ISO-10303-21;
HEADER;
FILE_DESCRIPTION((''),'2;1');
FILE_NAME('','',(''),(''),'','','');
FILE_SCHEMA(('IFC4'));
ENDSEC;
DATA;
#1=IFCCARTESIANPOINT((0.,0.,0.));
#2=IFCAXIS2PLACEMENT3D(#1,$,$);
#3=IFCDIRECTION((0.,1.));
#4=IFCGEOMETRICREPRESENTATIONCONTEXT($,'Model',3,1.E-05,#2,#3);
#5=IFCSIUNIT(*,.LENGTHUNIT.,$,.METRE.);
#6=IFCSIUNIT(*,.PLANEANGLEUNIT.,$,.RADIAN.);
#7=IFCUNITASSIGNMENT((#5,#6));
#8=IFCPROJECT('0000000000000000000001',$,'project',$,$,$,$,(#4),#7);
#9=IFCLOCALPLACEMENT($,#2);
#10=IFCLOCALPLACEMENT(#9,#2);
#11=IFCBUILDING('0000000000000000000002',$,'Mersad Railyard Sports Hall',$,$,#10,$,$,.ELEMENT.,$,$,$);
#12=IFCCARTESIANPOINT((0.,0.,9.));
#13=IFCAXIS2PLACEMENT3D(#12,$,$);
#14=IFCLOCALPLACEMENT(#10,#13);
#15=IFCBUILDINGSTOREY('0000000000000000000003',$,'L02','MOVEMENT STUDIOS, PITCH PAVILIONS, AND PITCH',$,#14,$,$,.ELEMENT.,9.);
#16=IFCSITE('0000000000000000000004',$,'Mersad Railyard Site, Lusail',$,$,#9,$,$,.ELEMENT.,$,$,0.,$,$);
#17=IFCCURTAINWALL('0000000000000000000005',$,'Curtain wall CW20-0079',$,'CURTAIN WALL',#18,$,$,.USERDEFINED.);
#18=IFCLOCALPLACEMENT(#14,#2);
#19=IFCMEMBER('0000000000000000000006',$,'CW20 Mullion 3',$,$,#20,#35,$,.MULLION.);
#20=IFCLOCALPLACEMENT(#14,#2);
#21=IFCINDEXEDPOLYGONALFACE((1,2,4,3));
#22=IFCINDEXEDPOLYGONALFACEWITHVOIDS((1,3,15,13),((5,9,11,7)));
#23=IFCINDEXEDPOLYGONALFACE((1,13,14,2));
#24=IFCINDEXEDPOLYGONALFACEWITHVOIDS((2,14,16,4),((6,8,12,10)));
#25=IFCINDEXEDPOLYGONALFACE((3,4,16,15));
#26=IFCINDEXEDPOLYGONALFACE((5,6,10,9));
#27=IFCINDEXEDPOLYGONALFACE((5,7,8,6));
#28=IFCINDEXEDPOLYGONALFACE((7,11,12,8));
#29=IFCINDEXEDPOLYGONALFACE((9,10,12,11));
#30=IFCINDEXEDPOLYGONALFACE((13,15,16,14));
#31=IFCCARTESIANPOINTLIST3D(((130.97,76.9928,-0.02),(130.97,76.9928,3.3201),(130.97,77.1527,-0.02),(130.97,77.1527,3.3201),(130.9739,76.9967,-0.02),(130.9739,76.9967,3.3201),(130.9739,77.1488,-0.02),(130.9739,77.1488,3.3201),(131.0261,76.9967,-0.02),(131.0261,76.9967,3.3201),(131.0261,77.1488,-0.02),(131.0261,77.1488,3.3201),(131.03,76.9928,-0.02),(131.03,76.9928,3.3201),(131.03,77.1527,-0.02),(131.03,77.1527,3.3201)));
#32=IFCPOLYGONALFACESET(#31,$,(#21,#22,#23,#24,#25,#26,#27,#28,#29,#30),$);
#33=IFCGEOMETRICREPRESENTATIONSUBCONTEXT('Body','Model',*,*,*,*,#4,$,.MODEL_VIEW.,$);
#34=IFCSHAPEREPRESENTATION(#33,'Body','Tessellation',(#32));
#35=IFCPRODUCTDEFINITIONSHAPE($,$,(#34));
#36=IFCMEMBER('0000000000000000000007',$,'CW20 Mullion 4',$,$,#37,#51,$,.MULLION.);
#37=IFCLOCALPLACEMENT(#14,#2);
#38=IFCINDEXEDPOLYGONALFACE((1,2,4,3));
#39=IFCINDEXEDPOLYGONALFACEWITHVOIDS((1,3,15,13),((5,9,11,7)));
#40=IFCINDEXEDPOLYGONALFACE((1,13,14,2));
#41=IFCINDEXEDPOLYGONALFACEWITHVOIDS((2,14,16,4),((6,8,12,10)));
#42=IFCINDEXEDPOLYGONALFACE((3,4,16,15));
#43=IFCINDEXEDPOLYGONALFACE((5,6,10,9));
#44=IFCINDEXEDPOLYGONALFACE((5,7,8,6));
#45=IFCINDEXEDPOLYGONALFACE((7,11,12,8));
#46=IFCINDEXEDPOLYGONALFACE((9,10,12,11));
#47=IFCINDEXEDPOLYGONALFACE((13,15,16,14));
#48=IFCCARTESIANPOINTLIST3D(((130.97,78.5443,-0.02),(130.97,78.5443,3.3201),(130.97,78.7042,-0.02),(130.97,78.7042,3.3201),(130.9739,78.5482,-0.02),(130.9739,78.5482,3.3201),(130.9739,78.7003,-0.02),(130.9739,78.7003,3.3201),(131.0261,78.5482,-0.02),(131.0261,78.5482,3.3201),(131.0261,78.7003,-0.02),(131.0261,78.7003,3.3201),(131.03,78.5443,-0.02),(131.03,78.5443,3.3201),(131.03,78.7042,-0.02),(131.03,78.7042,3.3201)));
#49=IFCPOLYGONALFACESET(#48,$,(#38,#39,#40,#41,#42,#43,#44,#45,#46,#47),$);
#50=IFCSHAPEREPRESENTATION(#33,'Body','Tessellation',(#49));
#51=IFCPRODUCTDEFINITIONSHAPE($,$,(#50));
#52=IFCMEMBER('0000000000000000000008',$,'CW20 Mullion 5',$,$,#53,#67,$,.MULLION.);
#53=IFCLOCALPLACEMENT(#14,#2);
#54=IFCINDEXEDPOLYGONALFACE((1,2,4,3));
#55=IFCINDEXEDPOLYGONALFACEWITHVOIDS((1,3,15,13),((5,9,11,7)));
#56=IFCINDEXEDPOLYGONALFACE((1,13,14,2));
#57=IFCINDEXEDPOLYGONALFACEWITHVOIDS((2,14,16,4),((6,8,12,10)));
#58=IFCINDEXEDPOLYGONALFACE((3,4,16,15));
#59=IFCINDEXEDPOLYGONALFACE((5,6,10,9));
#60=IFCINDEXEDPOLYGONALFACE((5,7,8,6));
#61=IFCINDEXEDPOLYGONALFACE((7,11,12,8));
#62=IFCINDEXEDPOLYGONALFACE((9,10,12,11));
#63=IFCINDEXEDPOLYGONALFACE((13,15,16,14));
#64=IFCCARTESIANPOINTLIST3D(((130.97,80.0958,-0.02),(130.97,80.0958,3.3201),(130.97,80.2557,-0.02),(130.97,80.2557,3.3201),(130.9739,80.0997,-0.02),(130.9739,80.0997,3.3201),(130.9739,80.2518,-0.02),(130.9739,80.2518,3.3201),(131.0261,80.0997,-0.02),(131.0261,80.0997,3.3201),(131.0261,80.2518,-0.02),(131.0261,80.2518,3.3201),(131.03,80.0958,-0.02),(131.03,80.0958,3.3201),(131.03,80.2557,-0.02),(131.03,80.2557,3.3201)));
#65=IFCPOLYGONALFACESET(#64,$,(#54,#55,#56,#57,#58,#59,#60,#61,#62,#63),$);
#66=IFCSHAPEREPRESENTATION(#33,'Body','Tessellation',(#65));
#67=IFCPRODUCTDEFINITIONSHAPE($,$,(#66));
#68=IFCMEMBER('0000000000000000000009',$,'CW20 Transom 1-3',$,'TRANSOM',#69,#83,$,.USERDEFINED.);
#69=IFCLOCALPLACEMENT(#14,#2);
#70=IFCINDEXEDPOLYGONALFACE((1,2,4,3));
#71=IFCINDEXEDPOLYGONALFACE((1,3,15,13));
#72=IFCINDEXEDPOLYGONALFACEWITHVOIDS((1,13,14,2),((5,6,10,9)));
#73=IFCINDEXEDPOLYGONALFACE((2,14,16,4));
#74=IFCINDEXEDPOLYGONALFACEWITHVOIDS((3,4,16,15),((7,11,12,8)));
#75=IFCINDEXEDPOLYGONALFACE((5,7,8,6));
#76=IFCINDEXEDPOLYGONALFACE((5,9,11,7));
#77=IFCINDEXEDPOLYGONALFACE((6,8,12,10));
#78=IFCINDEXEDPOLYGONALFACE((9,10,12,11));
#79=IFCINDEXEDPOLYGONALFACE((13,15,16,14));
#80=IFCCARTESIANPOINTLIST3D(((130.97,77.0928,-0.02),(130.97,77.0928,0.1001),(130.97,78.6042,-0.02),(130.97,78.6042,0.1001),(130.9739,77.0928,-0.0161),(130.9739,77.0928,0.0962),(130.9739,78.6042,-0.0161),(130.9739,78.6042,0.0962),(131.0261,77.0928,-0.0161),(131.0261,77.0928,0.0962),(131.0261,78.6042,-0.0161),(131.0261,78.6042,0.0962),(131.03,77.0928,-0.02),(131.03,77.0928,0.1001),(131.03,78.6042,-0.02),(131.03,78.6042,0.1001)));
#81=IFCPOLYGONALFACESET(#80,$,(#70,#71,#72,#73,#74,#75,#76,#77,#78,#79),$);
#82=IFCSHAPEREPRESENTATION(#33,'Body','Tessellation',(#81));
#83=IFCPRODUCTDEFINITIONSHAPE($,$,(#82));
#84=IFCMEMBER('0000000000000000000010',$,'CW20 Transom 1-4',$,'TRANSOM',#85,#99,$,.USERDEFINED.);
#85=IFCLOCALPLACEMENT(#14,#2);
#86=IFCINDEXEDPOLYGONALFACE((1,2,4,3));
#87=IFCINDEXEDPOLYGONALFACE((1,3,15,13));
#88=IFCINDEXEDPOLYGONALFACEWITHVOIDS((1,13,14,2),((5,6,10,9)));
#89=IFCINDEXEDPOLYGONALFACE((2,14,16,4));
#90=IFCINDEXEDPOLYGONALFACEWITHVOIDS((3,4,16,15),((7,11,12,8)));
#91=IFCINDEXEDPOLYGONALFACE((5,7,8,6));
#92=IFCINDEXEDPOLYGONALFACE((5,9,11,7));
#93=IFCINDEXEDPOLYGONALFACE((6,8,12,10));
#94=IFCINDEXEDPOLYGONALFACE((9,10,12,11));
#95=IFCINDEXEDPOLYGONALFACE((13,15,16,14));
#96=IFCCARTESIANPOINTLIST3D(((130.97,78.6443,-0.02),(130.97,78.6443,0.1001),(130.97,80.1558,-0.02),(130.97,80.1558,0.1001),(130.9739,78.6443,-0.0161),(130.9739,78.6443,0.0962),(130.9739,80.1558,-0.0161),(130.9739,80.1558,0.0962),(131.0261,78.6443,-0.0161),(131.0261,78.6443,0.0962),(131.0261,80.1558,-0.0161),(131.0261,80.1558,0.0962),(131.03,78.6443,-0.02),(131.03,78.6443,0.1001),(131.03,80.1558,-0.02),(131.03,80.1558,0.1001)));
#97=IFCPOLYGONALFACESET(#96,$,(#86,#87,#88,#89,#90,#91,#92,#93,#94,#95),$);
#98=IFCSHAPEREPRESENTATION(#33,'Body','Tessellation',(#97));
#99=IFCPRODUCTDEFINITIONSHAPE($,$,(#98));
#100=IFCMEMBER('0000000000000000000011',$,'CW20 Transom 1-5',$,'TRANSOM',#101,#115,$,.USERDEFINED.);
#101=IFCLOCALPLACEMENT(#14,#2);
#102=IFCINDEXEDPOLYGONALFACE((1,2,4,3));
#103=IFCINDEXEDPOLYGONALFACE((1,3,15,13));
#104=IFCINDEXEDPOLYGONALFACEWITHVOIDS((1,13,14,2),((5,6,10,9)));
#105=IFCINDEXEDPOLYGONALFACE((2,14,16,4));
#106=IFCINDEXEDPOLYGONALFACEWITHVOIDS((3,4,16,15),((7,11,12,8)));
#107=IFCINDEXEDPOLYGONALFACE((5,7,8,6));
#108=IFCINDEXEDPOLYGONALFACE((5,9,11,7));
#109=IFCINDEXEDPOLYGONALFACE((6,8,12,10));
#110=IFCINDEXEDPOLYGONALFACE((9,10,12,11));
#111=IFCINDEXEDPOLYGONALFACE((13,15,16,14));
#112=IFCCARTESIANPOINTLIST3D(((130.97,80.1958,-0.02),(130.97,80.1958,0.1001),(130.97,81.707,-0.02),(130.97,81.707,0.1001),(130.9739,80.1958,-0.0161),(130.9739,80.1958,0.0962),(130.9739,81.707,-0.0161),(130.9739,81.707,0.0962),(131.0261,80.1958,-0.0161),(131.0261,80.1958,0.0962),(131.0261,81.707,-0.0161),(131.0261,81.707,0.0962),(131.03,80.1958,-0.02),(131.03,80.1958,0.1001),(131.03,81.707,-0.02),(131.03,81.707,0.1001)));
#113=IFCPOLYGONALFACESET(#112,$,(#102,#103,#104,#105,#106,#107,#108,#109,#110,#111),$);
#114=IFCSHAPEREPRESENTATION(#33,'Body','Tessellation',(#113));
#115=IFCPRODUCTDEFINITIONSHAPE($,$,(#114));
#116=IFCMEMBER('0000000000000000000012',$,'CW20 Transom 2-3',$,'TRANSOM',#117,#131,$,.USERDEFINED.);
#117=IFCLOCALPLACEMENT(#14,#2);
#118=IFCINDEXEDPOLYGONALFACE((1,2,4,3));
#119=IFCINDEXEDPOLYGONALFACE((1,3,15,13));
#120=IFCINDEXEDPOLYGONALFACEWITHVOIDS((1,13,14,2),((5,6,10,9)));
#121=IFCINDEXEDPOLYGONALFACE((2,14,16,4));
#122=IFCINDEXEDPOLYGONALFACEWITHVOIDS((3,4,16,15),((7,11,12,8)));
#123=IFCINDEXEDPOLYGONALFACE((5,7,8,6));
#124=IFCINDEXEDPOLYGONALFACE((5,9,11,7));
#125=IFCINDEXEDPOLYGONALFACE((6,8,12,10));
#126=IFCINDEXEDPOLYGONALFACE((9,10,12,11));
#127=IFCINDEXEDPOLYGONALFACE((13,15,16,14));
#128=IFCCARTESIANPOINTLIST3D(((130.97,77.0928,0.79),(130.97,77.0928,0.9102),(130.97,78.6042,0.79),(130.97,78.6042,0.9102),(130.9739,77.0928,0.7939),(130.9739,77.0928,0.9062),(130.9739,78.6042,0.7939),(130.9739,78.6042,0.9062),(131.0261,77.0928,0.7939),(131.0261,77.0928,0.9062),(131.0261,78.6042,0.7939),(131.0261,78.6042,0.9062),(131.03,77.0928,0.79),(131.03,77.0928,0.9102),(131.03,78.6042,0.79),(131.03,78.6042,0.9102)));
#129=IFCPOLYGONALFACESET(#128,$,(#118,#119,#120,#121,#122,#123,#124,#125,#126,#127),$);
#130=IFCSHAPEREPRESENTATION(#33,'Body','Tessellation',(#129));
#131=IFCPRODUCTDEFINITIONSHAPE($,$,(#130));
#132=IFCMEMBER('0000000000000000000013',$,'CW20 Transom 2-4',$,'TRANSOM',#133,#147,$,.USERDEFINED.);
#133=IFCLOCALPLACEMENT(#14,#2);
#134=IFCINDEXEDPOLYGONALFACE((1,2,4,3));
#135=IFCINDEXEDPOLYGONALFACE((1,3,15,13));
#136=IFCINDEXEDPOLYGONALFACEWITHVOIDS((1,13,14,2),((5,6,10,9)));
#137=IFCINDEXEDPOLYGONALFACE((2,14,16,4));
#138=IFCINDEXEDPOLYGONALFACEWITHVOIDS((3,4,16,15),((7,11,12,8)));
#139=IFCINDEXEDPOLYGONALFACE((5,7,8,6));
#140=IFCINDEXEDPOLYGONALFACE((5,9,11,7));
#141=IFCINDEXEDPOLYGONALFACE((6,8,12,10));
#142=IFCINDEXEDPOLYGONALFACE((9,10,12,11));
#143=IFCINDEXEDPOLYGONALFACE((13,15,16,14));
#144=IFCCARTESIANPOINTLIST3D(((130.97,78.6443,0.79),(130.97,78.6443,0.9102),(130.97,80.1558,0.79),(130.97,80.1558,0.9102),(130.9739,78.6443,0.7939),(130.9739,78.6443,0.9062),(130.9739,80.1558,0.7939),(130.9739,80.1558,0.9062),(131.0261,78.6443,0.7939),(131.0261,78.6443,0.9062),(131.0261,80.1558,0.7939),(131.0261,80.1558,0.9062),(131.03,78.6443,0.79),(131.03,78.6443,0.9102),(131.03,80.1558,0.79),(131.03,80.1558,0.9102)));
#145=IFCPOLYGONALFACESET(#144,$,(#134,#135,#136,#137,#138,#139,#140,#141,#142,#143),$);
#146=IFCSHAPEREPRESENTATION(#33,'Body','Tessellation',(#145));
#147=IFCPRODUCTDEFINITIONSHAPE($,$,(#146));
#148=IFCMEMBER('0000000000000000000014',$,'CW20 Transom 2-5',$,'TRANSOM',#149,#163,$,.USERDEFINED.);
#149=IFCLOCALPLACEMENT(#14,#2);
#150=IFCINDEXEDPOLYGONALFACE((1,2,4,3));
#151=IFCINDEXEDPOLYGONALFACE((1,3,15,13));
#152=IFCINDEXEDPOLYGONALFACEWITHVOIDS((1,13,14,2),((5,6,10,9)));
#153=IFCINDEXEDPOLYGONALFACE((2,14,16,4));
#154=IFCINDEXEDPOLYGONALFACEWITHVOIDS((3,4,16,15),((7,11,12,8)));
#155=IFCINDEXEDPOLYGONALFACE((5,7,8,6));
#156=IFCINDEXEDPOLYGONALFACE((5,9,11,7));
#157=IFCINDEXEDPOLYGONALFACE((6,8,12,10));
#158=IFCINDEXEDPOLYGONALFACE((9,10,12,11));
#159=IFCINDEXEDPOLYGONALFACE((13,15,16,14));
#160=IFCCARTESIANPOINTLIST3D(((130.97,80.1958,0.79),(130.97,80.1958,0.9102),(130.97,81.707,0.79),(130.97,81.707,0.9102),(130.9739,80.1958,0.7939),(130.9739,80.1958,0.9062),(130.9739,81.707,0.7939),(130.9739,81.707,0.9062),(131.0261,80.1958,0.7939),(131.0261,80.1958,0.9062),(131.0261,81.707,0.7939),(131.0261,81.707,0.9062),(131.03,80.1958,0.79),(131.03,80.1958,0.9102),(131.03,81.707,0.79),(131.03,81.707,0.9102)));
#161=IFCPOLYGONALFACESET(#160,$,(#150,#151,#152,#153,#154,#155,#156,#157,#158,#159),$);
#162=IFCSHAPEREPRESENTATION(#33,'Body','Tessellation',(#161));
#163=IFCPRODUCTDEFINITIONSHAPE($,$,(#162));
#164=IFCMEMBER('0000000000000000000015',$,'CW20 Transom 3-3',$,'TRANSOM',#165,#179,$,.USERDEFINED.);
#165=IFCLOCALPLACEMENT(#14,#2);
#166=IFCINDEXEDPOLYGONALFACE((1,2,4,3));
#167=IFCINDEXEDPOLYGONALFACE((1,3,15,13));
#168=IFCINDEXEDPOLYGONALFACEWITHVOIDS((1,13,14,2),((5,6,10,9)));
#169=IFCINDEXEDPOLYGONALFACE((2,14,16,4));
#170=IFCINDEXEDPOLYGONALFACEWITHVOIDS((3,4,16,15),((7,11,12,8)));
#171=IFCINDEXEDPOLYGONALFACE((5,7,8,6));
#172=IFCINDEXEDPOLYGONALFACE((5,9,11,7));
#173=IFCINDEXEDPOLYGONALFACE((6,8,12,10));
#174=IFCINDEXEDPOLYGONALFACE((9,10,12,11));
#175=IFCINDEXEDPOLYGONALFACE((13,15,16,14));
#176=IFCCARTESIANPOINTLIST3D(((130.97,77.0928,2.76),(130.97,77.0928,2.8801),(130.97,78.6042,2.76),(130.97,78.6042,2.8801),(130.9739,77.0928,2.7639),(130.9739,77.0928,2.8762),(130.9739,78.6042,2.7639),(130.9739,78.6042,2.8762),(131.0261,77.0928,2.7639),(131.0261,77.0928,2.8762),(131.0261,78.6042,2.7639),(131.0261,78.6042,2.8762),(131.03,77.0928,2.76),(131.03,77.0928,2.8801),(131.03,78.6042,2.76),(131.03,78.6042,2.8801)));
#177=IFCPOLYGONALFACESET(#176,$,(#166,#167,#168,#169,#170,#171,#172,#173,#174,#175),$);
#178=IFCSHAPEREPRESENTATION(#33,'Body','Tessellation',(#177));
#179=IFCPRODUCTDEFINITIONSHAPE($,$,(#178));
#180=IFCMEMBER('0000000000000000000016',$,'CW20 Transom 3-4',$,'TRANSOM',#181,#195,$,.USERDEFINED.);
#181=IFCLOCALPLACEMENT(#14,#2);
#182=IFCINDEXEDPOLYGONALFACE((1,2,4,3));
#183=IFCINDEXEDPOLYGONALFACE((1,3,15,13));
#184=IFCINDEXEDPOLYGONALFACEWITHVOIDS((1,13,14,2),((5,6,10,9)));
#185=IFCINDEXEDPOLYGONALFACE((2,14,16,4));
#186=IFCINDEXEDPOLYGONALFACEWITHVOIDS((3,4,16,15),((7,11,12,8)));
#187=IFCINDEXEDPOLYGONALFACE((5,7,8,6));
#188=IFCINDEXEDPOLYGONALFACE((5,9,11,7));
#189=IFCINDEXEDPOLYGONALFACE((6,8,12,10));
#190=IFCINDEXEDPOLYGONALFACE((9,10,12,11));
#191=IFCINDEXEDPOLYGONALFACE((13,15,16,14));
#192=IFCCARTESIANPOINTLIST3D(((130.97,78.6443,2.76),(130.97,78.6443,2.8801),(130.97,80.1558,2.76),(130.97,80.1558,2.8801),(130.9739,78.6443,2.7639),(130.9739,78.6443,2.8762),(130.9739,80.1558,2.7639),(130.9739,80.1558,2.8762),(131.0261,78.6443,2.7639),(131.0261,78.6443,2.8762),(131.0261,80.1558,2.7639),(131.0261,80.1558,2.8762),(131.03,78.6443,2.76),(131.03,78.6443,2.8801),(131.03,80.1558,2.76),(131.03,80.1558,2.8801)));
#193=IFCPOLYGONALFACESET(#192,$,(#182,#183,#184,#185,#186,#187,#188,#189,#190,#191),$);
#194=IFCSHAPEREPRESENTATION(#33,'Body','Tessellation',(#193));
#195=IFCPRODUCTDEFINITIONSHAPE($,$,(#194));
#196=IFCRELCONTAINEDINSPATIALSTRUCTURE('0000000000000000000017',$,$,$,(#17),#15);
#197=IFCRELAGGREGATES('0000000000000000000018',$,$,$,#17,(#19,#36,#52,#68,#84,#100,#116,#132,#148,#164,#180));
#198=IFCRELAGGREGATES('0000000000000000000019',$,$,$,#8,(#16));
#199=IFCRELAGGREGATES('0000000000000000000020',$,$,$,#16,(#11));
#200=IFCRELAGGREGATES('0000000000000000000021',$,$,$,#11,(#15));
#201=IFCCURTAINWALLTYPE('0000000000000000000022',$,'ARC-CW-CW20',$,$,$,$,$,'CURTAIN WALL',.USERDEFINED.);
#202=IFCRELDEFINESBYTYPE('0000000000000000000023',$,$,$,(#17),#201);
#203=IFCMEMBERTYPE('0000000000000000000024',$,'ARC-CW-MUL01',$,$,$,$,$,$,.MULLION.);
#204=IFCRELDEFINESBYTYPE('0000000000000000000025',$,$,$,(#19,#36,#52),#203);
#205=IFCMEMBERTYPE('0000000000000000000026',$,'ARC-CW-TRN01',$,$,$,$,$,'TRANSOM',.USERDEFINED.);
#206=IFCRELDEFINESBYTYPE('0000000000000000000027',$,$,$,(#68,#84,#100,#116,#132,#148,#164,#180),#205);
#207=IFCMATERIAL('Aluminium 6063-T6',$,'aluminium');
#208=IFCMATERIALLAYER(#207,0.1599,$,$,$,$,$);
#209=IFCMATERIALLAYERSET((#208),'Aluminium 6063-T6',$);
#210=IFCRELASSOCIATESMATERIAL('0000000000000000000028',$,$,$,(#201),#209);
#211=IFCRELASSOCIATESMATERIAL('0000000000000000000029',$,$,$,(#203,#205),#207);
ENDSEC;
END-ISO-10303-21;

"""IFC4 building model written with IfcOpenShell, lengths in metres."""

from ifc_helpers import new_model, si_unit, direction, frame, origin, origin_2d, place, context, subcontext, project, spatial, hollow_rectangle, extrude, material, layer, layer_set, material_profile, profile_set, type_object, element, aggregate, save


model = new_model("IFC4")

# Units and contexts
model_context = context("Model", 3, precision=1e-05, world=origin(), true_north=direction((0.0, 1.0)))
body_context = subcontext(model_context, "Body", "Model", "MODEL_VIEW")
ifc_project = project(units=[si_unit("LENGTHUNIT", "METRE"), si_unit("PLANEANGLEUNIT", "RADIAN")], contexts=[model_context])

# Site, building, storey
site_placement = place(None, origin())
site = spatial("IfcSite", under=ifc_project, at=site_placement, Name="Mersad Railyard Site, Lusail", CompositionType="ELEMENT", RefElevation=0.0)
building_placement = place(site_placement, origin())
building = spatial("IfcBuilding", under=site, at=building_placement, Name="Mersad Railyard Sports Hall", CompositionType="ELEMENT")
storey_placement = place(building_placement, frame((0.0, 0.0, 9.0)))
storey = spatial("IfcBuildingStorey", under=building, at=storey_placement, Name="L02", Description="MOVEMENT STUDIOS, PITCH PAVILIONS, AND PITCH", CompositionType="ELEMENT", Elevation=9.0)

# Curtain wall, members
ifc_material_1 = material(Name="Aluminium 6063-T6", Category="aluminium")
ifc_layer_1 = layer(ifc_material_1, 0.1599)
ifc_layer_set_1 = layer_set([ifc_layer_1], Name="Aluminium 6063-T6")
curtain_wall_type = type_object("IfcCurtainWallType", Name="ARC-CW-CW20", ElementType="CURTAIN WALL", PredefinedType="USERDEFINED", material=ifc_layer_set_1)
curtain_wall_placement = place(storey_placement, origin())
curtain_wall = element("IfcCurtainWall", 1, at=curtain_wall_placement, inside=storey, type_object=curtain_wall_type, Name="Curtain wall CW20-0079", ObjectType="CURTAIN WALL", PredefinedType="USERDEFINED")
ifc_material_profile_1 = material_profile(ifc_material_1, hollow_rectangle(XDim=0.0601, YDim=0.1599, WallThickness=0.0039, at=origin_2d()), Name="AL MULLION 60x160x4")
ifc_profile_set_1 = profile_set([ifc_material_profile_1], Name="Aluminium 6063-T6")
member_type_1 = type_object("IfcMemberType", Name="ARC-CW-MUL01", PredefinedType="MULLION", material=ifc_profile_set_1)
member_1_placement = place(storey_placement, frame((131.0, 77.0728, -0.02), z_axis=(0.0, 0.0, 1.0), x_axis=(1.0, 0.0, 0.0)))
member_1 = element("IfcMember", 2, at=member_1_placement, type_object=member_type_1, Name="CW20 Mullion 3", PredefinedType="MULLION", context=body_context, shape_type="SweptSolid", body=[
    extrude(hollow_rectangle(XDim=0.0601, YDim=0.1599, WallThickness=0.0039, at=origin_2d()), origin(), (0.0, 0.0, 1.0), 3.3401),
])
member_2_placement = place(storey_placement, frame((131.0, 78.6243, -0.02), z_axis=(0.0, 0.0, 1.0), x_axis=(1.0, 0.0, 0.0)))
member_2 = element("IfcMember", 3, at=member_2_placement, type_object=member_type_1, Name="CW20 Mullion 4", PredefinedType="MULLION", context=body_context, shape_type="SweptSolid", body=[
    extrude(hollow_rectangle(XDim=0.0601, YDim=0.1599, WallThickness=0.0039, at=origin_2d()), origin(), (0.0, 0.0, 1.0), 3.3401),
])
member_3_placement = place(storey_placement, frame((131.0, 80.1758, -0.02), z_axis=(0.0, 0.0, 1.0), x_axis=(1.0, 0.0, 0.0)))
member_3 = element("IfcMember", 4, at=member_3_placement, type_object=member_type_1, Name="CW20 Mullion 5", PredefinedType="MULLION", context=body_context, shape_type="SweptSolid", body=[
    extrude(hollow_rectangle(XDim=0.0601, YDim=0.1599, WallThickness=0.0039, at=origin_2d()), origin(), (0.0, 0.0, 1.0), 3.3401),
])
ifc_material_profile_2 = material_profile(ifc_material_1, hollow_rectangle(XDim=0.0601, YDim=0.1201, WallThickness=0.0039, at=origin_2d()), Name="AL TRANSOM 60x120x4")
ifc_profile_set_2 = profile_set([ifc_material_profile_2], Name="Aluminium 6063-T6")
member_type_2 = type_object("IfcMemberType", Name="ARC-CW-TRN01", ElementType="TRANSOM", PredefinedType="USERDEFINED", material=ifc_profile_set_2)
member_4_placement = place(storey_placement, frame((131.0, 77.0928, 0.04), z_axis=(0.0, 1.0, 0.0), x_axis=(-1.0, 0.0, 0.0)))
member_4 = element("IfcMember", 5, at=member_4_placement, type_object=member_type_2, Name="CW20 Transom 1-3", ObjectType="TRANSOM", PredefinedType="USERDEFINED", context=body_context, shape_type="SweptSolid", body=[
    extrude(hollow_rectangle(XDim=0.0601, YDim=0.1201, WallThickness=0.0039, at=origin_2d()), origin(), (0.0, 0.0, 1.0), 1.5115),
])
member_5_placement = place(storey_placement, frame((131.0, 78.6443, 0.04), z_axis=(0.0, 1.0, 0.0), x_axis=(-1.0, 0.0, 0.0)))
member_5 = element("IfcMember", 6, at=member_5_placement, type_object=member_type_2, Name="CW20 Transom 1-4", ObjectType="TRANSOM", PredefinedType="USERDEFINED", context=body_context, shape_type="SweptSolid", body=[
    extrude(hollow_rectangle(XDim=0.0601, YDim=0.1201, WallThickness=0.0039, at=origin_2d()), origin(), (0.0, 0.0, 1.0), 1.5115),
])
member_6_placement = place(storey_placement, frame((131.0, 80.1958, 0.04), z_axis=(0.0, 1.0, 0.0), x_axis=(-1.0, 0.0, 0.0)))
member_6 = element("IfcMember", 7, at=member_6_placement, type_object=member_type_2, Name="CW20 Transom 1-5", ObjectType="TRANSOM", PredefinedType="USERDEFINED", context=body_context, shape_type="SweptSolid", body=[
    extrude(hollow_rectangle(XDim=0.0601, YDim=0.1201, WallThickness=0.0039, at=origin_2d()), origin(), (0.0, 0.0, 1.0), 1.5112),
])
member_7_placement = place(storey_placement, frame((131.0, 77.0928, 0.8501), z_axis=(0.0, 1.0, 0.0), x_axis=(-1.0, 0.0, 0.0)))
member_7 = element("IfcMember", 8, at=member_7_placement, type_object=member_type_2, Name="CW20 Transom 2-3", ObjectType="TRANSOM", PredefinedType="USERDEFINED", context=body_context, shape_type="SweptSolid", body=[
    extrude(hollow_rectangle(XDim=0.0601, YDim=0.1201, WallThickness=0.0039, at=origin_2d()), origin(), (0.0, 0.0, 1.0), 1.5115),
])
member_8_placement = place(storey_placement, frame((131.0, 78.6443, 0.8501), z_axis=(0.0, 1.0, 0.0), x_axis=(-1.0, 0.0, 0.0)))
member_8 = element("IfcMember", 9, at=member_8_placement, type_object=member_type_2, Name="CW20 Transom 2-4", ObjectType="TRANSOM", PredefinedType="USERDEFINED", context=body_context, shape_type="SweptSolid", body=[
    extrude(hollow_rectangle(XDim=0.0601, YDim=0.1201, WallThickness=0.0039, at=origin_2d()), origin(), (0.0, 0.0, 1.0), 1.5115),
])
member_9_placement = place(storey_placement, frame((131.0, 80.1958, 0.8501), z_axis=(0.0, 1.0, 0.0), x_axis=(-1.0, 0.0, 0.0)))
member_9 = element("IfcMember", 10, at=member_9_placement, type_object=member_type_2, Name="CW20 Transom 2-5", ObjectType="TRANSOM", PredefinedType="USERDEFINED", context=body_context, shape_type="SweptSolid", body=[
    extrude(hollow_rectangle(XDim=0.0601, YDim=0.1201, WallThickness=0.0039, at=origin_2d()), origin(), (0.0, 0.0, 1.0), 1.5112),
])
member_10_placement = place(storey_placement, frame((131.0, 77.0928, 2.8201), z_axis=(0.0, 1.0, 0.0), x_axis=(-1.0, 0.0, 0.0)))
member_10 = element("IfcMember", 11, at=member_10_placement, type_object=member_type_2, Name="CW20 Transom 3-3", ObjectType="TRANSOM", PredefinedType="USERDEFINED", context=body_context, shape_type="SweptSolid", body=[
    extrude(hollow_rectangle(XDim=0.0601, YDim=0.1201, WallThickness=0.0039, at=origin_2d()), origin(), (0.0, 0.0, 1.0), 1.5115),
])
member_11_placement = place(storey_placement, frame((131.0, 78.6443, 2.8201), z_axis=(0.0, 1.0, 0.0), x_axis=(-1.0, 0.0, 0.0)))
member_11 = element("IfcMember", 12, at=member_11_placement, type_object=member_type_2, Name="CW20 Transom 3-4", ObjectType="TRANSOM", PredefinedType="USERDEFINED", context=body_context, shape_type="SweptSolid", body=[
    extrude(hollow_rectangle(XDim=0.0601, YDim=0.1201, WallThickness=0.0039, at=origin_2d()), origin(), (0.0, 0.0, 1.0), 1.5115),
])
aggregate(curtain_wall, [member_1, member_2, member_3, member_4, member_5, member_6, member_7, member_8, member_9, member_10, member_11])

save(model, "model.ifc")
